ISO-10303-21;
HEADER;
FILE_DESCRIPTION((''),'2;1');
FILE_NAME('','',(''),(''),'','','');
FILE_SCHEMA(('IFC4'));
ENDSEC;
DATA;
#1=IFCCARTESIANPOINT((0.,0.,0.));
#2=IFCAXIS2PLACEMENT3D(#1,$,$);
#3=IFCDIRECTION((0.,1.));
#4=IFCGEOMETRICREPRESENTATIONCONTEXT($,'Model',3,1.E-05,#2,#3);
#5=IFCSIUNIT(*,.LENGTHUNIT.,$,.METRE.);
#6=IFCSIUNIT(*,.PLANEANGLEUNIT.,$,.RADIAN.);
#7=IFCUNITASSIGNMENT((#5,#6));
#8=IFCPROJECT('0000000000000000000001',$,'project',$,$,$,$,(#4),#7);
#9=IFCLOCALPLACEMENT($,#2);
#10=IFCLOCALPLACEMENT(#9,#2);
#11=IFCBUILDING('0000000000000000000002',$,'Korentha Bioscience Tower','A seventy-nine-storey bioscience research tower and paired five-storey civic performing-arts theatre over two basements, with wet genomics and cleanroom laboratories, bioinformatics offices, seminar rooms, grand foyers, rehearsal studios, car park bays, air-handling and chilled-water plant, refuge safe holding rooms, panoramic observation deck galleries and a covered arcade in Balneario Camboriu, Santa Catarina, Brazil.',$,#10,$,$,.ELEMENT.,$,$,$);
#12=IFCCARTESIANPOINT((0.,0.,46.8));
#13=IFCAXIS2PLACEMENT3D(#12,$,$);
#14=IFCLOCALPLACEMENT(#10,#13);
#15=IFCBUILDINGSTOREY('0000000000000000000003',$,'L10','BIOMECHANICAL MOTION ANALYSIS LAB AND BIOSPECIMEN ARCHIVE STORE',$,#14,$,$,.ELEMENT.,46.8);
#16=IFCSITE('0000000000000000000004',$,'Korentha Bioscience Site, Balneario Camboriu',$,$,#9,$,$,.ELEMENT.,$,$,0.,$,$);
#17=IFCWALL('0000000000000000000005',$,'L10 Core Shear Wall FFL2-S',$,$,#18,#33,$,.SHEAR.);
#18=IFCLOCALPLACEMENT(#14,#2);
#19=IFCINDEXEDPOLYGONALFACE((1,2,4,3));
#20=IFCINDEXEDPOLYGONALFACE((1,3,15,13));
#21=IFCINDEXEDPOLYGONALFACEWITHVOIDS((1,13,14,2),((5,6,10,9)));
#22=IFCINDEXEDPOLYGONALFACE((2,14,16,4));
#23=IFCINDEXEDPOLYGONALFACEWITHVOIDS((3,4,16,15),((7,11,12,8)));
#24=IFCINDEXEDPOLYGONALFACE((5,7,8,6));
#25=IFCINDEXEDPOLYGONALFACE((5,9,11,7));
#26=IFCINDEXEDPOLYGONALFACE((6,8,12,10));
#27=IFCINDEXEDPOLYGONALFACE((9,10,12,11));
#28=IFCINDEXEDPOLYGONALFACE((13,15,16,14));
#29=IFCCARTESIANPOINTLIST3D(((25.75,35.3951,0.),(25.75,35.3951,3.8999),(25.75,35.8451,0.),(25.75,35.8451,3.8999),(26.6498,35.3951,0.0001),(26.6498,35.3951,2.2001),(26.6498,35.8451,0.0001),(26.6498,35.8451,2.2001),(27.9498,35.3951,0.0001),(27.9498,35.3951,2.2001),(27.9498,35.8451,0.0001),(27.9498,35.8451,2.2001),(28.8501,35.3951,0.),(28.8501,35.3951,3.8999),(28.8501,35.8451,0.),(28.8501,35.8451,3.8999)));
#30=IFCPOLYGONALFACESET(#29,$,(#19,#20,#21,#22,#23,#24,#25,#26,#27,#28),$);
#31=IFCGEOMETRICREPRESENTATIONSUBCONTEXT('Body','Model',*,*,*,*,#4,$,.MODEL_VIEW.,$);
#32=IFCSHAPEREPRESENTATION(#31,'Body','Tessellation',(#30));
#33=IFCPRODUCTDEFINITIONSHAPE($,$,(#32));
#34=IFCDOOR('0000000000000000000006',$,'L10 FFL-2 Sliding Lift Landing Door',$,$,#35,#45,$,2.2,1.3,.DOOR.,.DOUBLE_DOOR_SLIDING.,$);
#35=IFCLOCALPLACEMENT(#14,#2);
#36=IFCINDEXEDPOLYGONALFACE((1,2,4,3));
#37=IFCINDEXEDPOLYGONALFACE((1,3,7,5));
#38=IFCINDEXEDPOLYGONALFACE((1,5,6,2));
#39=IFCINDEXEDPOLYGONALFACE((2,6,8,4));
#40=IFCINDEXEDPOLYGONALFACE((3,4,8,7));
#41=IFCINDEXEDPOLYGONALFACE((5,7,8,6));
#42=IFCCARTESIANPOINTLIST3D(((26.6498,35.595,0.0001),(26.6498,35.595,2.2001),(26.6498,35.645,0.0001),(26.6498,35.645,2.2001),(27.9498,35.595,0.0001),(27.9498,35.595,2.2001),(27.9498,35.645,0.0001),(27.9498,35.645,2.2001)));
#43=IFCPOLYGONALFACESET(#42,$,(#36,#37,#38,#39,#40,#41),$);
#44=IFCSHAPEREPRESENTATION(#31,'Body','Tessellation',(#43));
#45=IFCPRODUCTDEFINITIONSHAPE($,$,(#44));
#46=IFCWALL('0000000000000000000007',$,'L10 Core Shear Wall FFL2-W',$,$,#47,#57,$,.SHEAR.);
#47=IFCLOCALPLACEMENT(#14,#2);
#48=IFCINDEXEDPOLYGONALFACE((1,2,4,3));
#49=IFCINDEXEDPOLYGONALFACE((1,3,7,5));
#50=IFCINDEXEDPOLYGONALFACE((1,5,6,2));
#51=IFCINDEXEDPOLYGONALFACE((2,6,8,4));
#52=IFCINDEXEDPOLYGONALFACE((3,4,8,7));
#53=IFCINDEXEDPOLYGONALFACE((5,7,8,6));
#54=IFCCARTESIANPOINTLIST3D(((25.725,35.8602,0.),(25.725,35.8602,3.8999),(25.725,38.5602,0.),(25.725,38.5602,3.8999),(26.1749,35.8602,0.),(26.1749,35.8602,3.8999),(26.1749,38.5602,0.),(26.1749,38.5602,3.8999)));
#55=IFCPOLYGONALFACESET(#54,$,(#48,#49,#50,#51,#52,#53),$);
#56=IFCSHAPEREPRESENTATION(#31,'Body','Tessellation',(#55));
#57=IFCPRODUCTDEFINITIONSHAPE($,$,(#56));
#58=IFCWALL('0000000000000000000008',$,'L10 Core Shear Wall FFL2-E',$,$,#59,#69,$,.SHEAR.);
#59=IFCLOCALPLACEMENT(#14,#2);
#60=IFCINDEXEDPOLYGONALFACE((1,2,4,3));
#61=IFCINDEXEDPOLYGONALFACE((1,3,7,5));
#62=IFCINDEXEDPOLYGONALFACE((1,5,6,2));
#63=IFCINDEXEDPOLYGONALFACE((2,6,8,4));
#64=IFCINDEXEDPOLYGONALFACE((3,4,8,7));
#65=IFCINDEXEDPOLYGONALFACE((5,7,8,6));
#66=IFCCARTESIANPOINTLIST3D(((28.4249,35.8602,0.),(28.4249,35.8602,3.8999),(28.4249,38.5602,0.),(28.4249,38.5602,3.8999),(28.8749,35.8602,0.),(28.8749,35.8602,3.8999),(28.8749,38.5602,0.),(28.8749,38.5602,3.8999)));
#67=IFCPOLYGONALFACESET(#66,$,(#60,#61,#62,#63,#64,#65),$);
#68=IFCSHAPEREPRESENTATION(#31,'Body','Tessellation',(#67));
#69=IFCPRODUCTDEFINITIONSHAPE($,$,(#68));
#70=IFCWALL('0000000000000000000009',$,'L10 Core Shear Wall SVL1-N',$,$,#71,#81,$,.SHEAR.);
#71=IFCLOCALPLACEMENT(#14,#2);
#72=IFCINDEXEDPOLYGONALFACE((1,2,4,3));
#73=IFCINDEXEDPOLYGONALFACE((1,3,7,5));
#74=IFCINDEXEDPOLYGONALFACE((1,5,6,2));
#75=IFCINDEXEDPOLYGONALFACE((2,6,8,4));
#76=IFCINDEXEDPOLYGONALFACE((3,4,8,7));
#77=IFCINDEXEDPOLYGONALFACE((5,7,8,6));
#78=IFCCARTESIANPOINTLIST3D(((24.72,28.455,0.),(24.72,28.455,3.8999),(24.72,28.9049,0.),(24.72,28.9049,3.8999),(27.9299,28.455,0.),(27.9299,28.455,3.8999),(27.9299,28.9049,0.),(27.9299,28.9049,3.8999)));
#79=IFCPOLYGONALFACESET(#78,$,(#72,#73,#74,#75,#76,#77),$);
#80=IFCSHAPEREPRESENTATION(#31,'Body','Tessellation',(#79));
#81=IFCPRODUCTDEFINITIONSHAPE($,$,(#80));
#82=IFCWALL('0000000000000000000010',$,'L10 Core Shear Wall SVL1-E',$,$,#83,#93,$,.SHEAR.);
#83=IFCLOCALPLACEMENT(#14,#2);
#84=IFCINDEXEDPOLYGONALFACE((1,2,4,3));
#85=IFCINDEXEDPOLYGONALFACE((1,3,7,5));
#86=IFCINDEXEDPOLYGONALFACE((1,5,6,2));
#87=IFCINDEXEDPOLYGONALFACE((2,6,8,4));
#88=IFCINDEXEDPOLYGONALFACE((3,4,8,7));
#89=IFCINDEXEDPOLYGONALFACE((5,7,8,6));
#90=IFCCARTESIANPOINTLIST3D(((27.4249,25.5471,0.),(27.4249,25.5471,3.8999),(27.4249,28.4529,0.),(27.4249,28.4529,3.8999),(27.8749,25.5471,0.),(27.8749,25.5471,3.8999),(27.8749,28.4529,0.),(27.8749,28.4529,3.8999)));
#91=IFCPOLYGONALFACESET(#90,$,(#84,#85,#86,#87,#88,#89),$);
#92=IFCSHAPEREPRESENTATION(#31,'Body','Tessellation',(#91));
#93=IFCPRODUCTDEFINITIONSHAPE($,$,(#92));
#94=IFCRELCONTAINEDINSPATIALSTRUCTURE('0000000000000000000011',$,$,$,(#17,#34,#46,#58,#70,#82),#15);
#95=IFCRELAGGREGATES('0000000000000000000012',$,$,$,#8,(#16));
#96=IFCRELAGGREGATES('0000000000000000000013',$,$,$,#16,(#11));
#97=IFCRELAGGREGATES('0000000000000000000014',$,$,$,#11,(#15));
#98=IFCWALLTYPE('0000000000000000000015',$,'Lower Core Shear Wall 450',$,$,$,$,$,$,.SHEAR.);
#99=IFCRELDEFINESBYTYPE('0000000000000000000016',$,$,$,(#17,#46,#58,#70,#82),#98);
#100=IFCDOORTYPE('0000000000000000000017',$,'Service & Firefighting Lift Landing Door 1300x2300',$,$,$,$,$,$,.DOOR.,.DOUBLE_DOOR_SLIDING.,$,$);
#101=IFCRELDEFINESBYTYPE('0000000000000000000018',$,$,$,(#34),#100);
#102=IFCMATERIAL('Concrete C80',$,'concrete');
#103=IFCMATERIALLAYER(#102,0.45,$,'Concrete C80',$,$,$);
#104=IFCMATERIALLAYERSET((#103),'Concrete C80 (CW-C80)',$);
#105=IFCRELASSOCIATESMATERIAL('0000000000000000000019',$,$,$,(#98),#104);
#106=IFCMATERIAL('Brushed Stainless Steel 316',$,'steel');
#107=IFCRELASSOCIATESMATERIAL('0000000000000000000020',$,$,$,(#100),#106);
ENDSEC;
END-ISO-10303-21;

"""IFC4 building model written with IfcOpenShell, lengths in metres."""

from ifc_helpers import new_model, si_unit, direction, frame, frame_2d, origin, place, context, subcontext, project, spatial, rectangle, extrude, material, layer, layer_set, type_object, element, fill, save


model = new_model("IFC4")

# Units and contexts
model_context = context("Model", 3, precision=1e-05, world=origin(), true_north=direction((0.0, 1.0)))
body_context = subcontext(model_context, "Body", "Model", "MODEL_VIEW")
ifc_project = project(units=[si_unit("LENGTHUNIT", "METRE"), si_unit("PLANEANGLEUNIT", "RADIAN")], contexts=[model_context])

# Site, building, storey
site_placement = place(None, origin())
site = spatial("IfcSite", under=ifc_project, at=site_placement, Name="Korentha Bioscience Site, Balneario Camboriu", CompositionType="ELEMENT", RefElevation=0.0)
building_placement = place(site_placement, origin())
building = spatial("IfcBuilding", under=site, at=building_placement, Name="Korentha Bioscience Tower", Description="A seventy-nine-storey bioscience research tower and paired five-storey civic performing-arts theatre over two basements, with wet genomics and cleanroom laboratories, bioinformatics offices, seminar rooms, grand foyers, rehearsal studios, car park bays, air-handling and chilled-water plant, refuge safe holding rooms, panoramic observation deck galleries and a covered arcade in Balneario Camboriu, Santa Catarina, Brazil.", CompositionType="ELEMENT")
storey_placement = place(building_placement, frame((0.0, 0.0, 46.8)))
storey = spatial("IfcBuildingStorey", under=building, at=storey_placement, Name="L10", Description="BIOMECHANICAL MOTION ANALYSIS LAB AND BIOSPECIMEN ARCHIVE STORE", CompositionType="ELEMENT", Elevation=46.8)

# Shared definitions
ifc_material_1 = material(Name="Concrete C80", Category="concrete")
ifc_layer_1 = layer(ifc_material_1, 0.45, Name="Concrete C80")
ifc_layer_set_1 = layer_set([ifc_layer_1], Name="Concrete C80 (CW-C80)")
wall_type_1 = type_object("IfcWallType", Name="Lower Core Shear Wall 450", PredefinedType="SHEAR", material=ifc_layer_set_1)

# Wall, opening, door
wall_1_placement = place(storey_placement, frame((25.75, 35.6201, 0.0), z_axis=(0.0, 0.0, 1.0), x_axis=(1.0, 0.0, 0.0)))
wall_1 = element("IfcWall", 1, at=wall_1_placement, inside=storey, type_object=wall_type_1, Name="L10 Core Shear Wall FFL2-S", PredefinedType="SHEAR", context=body_context, shape_type="SweptSolid", body=[
    extrude(rectangle(XDim=3.1001, YDim=0.45, at=frame_2d((1.55, 0.0))), origin(), (0.0, 0.0, 1.0), 3.8999),
])
opening_1_placement = place(wall_1_placement, frame((0.8999, 0.0, 0.0)))
opening_1 = element("IfcOpeningElement", 2, at=opening_1_placement, cuts=wall_1, PredefinedType="OPENING", context=body_context, shape_type="SweptSolid", body=[
    extrude(rectangle(XDim=1.3, YDim=2.2, at=frame_2d((0.6499, 1.1001))), frame((0.0, 0.2397, 0.0), z_axis=(0.0, -1.0, 0.0), x_axis=(1.0, 0.0, 0.0)), (0.0, 0.0, 1.0), 0.4797),
])
ifc_material_2 = material(Name="Brushed Stainless Steel 316", Category="steel")
door_type_1 = type_object("IfcDoorType", Name="Service & Firefighting Lift Landing Door 1300x2300", OperationType="DOUBLE_DOOR_SLIDING", PredefinedType="DOOR", material=ifc_material_2)
door_1_placement = place(opening_1_placement, origin())
door_1 = element("IfcDoor", 3, at=door_1_placement, inside=storey, type_object=door_type_1, Name="L10 FFL-2 Sliding Lift Landing Door", OperationType="DOUBLE_DOOR_SLIDING", OverallHeight=2.2, OverallWidth=1.3, PredefinedType="DOOR", context=body_context, shape_type="SweptSolid", body=[
    extrude(rectangle(XDim=1.3, YDim=2.2, at=frame_2d((0.6499, 1.1001))), frame((0.0, 0.0249, 0.0), z_axis=(0.0, -1.0, 0.0), x_axis=(1.0, 0.0, 0.0)), (0.0, 0.0, 1.0), 0.05),
])
fill(opening_1, door_1)

# Walls
for number, where, z_axis, x_axis, name in (
    (4, (25.95, 35.8601, 0.0), (0.0, 0.0, 1.0), (0.0, 1.0, 0.0), "L10 Core Shear Wall FFL2-W"),
    (5, (28.6499, 35.8601, 0.0), (0.0, 0.0, 1.0), (0.0, 1.0, 0.0), "L10 Core Shear Wall FFL2-E"),
):
    element("IfcWall", number, at=place(storey_placement, frame(where, z_axis=z_axis, x_axis=x_axis)), inside=storey, type_object=wall_type_1, Name=name, PredefinedType="SHEAR", context=body_context, shape_type="SweptSolid", body=[
        extrude(rectangle(XDim=2.7, YDim=0.45, at=frame_2d((1.3501, 0.0))), origin(), (0.0, 0.0, 1.0), 3.8999),
    ])
wall_2_placement = place(storey_placement, frame((24.72, 28.6799, 0.0), z_axis=(0.0, 0.0, 1.0), x_axis=(1.0, 0.0, 0.0)))
element("IfcWall", 6, at=wall_2_placement, inside=storey, type_object=wall_type_1, Name="L10 Core Shear Wall SVL1-N", PredefinedType="SHEAR", context=body_context, shape_type="SweptSolid", body=[
    extrude(rectangle(XDim=3.21, YDim=0.45, at=frame_2d((1.605, 0.0))), origin(), (0.0, 0.0, 1.0), 3.8999),
])
wall_3_placement = place(storey_placement, frame((27.6499, 25.5471, 0.0), z_axis=(0.0, 0.0, 1.0), x_axis=(0.0, 1.0, 0.0)))
element("IfcWall", 7, at=wall_3_placement, inside=storey, type_object=wall_type_1, Name="L10 Core Shear Wall SVL1-E", PredefinedType="SHEAR", context=body_context, shape_type="SweptSolid", body=[
    extrude(rectangle(XDim=2.9058, YDim=0.45, at=frame_2d((1.4529, 0.0))), origin(), (0.0, 0.0, 1.0), 3.8999),
])

save(model, "model.ifc")
